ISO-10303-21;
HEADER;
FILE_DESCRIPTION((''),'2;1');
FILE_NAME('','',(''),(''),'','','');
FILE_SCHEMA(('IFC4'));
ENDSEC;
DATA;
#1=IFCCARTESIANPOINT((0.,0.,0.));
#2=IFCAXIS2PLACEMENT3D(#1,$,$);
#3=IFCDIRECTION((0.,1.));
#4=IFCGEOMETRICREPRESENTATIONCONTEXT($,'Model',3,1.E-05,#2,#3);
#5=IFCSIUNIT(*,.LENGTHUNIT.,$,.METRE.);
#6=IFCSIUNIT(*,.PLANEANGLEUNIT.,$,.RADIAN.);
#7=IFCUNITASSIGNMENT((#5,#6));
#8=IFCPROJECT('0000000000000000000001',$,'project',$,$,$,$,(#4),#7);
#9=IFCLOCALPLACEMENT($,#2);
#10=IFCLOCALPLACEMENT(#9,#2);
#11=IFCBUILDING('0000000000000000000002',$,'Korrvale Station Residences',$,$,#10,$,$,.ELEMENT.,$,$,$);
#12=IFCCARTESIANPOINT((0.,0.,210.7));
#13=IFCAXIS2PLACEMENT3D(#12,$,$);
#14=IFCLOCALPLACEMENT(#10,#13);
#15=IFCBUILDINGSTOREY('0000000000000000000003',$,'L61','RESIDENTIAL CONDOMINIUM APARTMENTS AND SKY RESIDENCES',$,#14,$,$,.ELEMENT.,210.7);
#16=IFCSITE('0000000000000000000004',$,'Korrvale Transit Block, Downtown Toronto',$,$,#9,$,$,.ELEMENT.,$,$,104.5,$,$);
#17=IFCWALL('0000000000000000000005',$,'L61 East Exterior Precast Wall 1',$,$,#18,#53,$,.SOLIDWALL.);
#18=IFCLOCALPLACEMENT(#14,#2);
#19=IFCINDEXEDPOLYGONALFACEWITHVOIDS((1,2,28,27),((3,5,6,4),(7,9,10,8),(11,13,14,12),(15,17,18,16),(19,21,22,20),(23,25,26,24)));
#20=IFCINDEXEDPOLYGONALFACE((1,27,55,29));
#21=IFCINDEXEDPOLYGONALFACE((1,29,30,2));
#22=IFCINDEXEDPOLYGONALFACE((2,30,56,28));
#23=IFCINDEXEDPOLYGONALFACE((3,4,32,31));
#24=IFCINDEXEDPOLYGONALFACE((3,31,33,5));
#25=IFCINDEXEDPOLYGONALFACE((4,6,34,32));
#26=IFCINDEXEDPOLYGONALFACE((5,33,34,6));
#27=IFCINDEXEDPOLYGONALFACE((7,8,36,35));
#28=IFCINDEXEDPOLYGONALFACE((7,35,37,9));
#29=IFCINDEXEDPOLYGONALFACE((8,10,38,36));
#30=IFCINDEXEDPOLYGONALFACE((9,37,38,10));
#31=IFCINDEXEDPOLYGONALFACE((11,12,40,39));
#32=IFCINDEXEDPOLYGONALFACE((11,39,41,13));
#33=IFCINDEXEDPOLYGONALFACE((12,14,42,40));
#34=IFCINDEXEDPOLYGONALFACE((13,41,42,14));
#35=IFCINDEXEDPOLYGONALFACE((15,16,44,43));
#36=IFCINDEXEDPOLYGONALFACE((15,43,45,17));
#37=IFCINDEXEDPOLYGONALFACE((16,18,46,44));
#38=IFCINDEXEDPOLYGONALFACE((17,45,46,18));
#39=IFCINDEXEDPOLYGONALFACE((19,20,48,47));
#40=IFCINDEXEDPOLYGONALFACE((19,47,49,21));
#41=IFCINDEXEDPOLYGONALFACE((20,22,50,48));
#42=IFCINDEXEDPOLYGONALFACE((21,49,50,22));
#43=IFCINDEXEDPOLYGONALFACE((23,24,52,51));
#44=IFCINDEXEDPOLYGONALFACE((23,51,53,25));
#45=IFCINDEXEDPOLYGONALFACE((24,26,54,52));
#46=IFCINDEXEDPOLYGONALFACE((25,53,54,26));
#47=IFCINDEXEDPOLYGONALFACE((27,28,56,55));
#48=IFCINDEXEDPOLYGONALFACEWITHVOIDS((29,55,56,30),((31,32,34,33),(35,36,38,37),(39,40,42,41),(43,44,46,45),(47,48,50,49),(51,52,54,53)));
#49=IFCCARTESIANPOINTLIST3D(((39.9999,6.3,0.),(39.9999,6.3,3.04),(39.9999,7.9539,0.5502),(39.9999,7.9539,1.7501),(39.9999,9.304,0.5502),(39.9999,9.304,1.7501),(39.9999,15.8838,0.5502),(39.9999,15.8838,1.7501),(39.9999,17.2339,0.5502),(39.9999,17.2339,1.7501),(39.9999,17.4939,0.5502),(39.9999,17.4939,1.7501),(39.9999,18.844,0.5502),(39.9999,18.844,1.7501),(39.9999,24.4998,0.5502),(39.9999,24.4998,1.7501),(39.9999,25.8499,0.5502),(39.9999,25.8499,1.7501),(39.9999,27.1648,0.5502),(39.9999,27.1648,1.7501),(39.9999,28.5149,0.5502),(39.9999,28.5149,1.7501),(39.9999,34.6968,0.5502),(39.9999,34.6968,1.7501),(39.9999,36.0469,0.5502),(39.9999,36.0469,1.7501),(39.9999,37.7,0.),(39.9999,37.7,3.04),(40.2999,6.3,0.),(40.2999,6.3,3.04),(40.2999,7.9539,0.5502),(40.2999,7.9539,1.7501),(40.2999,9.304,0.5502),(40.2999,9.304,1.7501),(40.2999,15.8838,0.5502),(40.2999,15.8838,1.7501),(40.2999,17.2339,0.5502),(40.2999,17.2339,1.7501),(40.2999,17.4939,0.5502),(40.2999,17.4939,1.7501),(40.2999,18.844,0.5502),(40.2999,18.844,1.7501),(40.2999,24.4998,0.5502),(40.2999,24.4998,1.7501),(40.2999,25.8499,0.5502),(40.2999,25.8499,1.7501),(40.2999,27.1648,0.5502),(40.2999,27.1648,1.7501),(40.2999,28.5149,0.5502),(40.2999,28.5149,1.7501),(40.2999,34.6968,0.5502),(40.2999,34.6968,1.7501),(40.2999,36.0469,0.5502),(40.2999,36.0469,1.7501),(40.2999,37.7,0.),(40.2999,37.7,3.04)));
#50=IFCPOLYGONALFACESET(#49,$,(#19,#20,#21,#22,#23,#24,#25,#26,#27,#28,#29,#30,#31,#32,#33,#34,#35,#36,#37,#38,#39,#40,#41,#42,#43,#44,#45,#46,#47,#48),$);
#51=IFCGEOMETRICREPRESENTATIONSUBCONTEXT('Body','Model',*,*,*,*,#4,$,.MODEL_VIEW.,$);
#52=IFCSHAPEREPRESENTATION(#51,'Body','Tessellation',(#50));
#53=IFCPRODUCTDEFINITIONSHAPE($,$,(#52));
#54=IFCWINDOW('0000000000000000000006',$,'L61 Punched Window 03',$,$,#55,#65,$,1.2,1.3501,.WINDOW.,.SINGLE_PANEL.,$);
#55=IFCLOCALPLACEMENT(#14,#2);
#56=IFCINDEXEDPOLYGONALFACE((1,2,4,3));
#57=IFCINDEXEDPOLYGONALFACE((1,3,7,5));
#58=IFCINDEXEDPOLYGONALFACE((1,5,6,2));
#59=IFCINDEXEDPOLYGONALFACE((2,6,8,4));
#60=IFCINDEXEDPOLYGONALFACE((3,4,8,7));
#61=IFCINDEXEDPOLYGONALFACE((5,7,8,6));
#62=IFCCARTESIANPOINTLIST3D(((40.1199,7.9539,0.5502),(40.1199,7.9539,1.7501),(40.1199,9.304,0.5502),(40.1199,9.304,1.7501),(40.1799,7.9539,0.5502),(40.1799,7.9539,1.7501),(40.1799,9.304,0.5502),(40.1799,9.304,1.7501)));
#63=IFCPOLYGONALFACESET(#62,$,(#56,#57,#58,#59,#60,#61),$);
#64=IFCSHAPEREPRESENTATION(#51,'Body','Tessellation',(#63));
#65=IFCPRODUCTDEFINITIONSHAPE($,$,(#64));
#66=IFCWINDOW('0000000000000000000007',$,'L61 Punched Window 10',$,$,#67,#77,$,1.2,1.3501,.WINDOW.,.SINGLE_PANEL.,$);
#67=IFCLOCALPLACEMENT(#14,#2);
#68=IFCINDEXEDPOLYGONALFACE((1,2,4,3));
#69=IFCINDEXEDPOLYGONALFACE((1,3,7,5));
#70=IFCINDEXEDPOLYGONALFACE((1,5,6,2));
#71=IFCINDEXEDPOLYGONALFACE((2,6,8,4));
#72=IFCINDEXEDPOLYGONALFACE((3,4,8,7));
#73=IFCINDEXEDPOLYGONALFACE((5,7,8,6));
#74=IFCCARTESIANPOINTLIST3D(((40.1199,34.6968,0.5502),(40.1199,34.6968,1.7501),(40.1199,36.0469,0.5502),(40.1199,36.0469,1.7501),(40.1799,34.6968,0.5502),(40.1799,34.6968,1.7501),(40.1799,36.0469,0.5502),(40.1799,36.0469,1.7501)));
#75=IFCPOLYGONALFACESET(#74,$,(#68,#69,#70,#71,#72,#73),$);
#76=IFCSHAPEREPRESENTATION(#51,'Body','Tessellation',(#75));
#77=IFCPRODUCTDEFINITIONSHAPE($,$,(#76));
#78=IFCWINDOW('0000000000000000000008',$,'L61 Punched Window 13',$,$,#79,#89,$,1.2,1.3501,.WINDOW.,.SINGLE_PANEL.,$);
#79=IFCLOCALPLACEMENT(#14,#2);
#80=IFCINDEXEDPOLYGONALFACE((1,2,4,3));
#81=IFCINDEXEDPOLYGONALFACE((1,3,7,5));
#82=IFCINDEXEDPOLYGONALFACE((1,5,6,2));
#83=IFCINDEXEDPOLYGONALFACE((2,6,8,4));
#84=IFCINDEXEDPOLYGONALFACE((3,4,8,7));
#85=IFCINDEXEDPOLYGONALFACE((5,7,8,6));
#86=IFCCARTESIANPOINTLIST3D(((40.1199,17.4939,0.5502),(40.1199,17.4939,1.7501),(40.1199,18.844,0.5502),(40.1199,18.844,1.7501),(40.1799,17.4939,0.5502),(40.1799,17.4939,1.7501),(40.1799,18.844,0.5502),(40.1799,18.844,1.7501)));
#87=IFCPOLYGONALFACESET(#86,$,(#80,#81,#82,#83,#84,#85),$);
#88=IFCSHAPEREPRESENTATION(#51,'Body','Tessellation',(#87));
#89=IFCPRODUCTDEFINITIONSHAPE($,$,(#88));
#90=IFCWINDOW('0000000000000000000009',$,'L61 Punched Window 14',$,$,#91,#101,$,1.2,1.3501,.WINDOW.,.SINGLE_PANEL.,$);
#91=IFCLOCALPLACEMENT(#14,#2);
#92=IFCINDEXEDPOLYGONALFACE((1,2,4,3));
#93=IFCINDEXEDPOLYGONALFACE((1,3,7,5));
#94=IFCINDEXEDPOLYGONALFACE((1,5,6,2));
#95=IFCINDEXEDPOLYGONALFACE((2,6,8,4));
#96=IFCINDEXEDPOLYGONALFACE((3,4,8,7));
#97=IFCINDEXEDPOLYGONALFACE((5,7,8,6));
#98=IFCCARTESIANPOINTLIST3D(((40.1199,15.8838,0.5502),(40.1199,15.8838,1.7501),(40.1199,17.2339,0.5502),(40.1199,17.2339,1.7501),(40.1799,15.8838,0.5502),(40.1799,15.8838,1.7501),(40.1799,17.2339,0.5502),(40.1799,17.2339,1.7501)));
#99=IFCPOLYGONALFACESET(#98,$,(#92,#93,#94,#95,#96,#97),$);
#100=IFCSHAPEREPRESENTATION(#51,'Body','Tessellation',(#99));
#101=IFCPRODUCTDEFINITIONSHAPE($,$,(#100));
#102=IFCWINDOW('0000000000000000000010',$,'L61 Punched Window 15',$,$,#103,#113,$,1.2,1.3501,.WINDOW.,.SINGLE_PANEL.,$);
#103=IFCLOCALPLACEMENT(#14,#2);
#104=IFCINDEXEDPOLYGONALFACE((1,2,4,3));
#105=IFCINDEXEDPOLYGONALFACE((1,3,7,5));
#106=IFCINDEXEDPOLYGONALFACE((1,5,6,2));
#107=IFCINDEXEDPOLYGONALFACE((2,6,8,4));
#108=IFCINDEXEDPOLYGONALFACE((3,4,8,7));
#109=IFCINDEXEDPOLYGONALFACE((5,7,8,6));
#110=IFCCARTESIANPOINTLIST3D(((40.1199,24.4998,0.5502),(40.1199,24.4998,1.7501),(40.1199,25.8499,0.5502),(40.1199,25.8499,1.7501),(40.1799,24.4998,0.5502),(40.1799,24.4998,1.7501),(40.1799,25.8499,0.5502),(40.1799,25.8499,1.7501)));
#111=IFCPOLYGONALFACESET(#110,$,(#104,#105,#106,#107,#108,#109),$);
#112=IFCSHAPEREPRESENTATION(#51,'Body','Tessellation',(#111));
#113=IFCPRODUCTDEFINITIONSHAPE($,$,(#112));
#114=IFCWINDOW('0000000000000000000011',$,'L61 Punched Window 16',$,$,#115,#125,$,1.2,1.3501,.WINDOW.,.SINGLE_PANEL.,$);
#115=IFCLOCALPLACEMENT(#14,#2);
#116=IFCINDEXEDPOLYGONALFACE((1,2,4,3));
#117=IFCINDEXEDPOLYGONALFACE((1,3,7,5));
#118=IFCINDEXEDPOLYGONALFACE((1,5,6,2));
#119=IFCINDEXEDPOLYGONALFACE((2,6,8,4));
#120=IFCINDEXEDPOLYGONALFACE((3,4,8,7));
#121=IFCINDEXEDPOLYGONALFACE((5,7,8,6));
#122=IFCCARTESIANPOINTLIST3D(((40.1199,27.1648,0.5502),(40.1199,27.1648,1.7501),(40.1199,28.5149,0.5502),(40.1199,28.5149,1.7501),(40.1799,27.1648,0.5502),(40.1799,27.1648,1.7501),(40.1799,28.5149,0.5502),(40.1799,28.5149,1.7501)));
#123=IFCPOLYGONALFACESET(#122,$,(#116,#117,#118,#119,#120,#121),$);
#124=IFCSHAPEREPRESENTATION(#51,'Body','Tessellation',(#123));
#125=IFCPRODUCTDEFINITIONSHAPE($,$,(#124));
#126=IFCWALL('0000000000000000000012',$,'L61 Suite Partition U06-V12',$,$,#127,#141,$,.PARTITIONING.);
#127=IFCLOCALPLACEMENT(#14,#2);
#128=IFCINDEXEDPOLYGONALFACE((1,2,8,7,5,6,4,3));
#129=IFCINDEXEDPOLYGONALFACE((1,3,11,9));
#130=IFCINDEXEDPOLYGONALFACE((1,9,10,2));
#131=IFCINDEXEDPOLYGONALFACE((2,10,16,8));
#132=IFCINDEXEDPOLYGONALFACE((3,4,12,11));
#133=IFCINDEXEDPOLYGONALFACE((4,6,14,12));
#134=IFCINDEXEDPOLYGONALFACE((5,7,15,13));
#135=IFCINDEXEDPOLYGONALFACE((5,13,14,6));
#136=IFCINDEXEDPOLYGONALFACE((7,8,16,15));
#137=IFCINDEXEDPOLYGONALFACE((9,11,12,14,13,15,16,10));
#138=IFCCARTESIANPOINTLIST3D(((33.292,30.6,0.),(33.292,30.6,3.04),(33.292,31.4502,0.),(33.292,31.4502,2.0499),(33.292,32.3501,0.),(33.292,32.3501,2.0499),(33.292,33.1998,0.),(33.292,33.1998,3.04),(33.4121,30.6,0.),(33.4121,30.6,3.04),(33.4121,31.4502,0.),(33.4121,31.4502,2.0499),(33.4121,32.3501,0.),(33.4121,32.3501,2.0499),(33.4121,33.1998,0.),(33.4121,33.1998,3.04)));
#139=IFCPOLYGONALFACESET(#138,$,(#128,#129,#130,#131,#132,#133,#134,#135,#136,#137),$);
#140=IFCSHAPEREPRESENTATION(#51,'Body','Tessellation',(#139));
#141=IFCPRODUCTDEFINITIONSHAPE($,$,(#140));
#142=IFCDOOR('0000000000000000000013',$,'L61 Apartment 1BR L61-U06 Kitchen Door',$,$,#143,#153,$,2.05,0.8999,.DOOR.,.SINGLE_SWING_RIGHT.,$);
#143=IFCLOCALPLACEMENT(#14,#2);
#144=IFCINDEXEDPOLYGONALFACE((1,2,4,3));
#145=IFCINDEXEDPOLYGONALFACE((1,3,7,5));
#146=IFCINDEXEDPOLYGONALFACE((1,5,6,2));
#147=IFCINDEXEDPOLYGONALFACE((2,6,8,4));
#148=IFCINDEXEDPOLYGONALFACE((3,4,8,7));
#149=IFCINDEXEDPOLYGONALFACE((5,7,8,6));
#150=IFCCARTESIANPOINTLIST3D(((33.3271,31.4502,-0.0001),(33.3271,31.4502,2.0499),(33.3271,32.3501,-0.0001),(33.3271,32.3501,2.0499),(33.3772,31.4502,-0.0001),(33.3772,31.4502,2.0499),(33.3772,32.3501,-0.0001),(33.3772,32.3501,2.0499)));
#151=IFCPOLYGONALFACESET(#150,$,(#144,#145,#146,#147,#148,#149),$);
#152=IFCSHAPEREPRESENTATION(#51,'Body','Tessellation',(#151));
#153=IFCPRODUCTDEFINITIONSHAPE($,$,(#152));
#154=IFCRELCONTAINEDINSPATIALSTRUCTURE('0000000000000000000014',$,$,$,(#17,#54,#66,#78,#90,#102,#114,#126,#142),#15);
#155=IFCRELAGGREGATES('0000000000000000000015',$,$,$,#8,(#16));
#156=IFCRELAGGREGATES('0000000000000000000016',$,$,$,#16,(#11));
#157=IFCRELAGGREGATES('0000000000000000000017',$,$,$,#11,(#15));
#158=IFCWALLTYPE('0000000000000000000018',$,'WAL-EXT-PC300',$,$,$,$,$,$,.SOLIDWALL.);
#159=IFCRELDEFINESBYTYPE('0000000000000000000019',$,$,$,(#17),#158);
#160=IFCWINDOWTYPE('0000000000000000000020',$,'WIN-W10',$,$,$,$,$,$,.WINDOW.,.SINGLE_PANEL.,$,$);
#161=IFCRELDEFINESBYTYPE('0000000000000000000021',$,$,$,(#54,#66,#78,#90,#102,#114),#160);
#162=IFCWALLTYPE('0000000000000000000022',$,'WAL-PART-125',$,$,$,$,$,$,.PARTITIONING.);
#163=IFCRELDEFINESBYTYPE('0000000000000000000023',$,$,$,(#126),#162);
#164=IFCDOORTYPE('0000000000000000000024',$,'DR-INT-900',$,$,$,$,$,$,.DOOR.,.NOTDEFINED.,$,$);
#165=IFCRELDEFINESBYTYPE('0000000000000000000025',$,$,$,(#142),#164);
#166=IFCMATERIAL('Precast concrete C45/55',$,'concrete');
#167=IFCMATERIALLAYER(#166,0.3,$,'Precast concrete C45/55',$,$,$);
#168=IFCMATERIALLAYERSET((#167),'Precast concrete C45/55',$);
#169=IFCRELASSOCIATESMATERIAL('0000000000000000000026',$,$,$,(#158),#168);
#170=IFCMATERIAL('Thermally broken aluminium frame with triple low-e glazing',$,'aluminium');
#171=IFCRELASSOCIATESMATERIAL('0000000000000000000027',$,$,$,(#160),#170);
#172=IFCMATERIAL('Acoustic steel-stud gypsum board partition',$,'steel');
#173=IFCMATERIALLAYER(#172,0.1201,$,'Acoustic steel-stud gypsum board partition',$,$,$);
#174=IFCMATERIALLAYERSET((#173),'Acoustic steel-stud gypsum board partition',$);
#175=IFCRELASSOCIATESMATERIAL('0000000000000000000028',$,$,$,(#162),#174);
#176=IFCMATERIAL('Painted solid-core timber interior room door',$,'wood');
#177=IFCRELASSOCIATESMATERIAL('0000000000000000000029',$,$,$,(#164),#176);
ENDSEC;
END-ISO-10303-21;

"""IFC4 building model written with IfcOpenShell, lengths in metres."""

from ifc_helpers import new_model, si_unit, direction, frame, frame_2d, origin, place, context, subcontext, project, spatial, rectangle, extrude, material, layer, layer_set, type_object, element, fill, save


model = new_model("IFC4")

# Units and contexts
model_context = context("Model", 3, precision=1e-05, world=origin(), true_north=direction((0.0, 1.0)))
body_context = subcontext(model_context, "Body", "Model", "MODEL_VIEW")
ifc_project = project(units=[si_unit("LENGTHUNIT", "METRE"), si_unit("PLANEANGLEUNIT", "RADIAN")], contexts=[model_context])

# Site, building, storey
site_placement = place(None, origin())
site = spatial("IfcSite", under=ifc_project, at=site_placement, Name="Korrvale Transit Block, Downtown Toronto", CompositionType="ELEMENT", RefElevation=104.5)
building_placement = place(site_placement, origin())
building = spatial("IfcBuilding", under=site, at=building_placement, Name="Korrvale Station Residences", CompositionType="ELEMENT")
storey_placement = place(building_placement, frame((0.0, 0.0, 210.7)))
storey = spatial("IfcBuildingStorey", under=building, at=storey_placement, Name="L61", Description="RESIDENTIAL CONDOMINIUM APARTMENTS AND SKY RESIDENCES", CompositionType="ELEMENT", Elevation=210.7)

# Shared definitions
ifc_material_1 = material(Name="Precast concrete C45/55", Category="concrete")
ifc_layer_1 = layer(ifc_material_1, 0.3, Name="Precast concrete C45/55")
ifc_layer_set_1 = layer_set([ifc_layer_1], Name="Precast concrete C45/55")
wall_type_1 = type_object("IfcWallType", Name="WAL-EXT-PC300", PredefinedType="SOLIDWALL", material=ifc_layer_set_1)

# Wall, openings, windows
wall_1_placement = place(storey_placement, frame((40.1499, 37.7, 0.0), z_axis=(0.0, 0.0, 1.0), x_axis=(0.0, -1.0, 0.0)))
wall_1 = element("IfcWall", 1, at=wall_1_placement, inside=storey, type_object=wall_type_1, Name="L61 East Exterior Precast Wall 1", PredefinedType="SOLIDWALL", context=body_context, shape_type="SweptSolid", body=[
    extrude(rectangle(XDim=31.3999, YDim=0.3, at=frame_2d((15.7, 0.0))), origin(), (0.0, 0.0, 1.0), 3.04),
])
opening_1_placement = place(wall_1_placement, frame((28.396, 0.0, 0.55)))
opening_1 = element("IfcOpeningElement", 2, at=opening_1_placement, cuts=wall_1, PredefinedType="OPENING", context=body_context, shape_type="SweptSolid", body=[
    extrude(rectangle(XDim=1.3501, YDim=1.2, at=frame_2d((0.675, 0.6001))), frame((0.0, 0.1602, 0.0), z_axis=(0.0, -1.0, 0.0), x_axis=(1.0, 0.0, 0.0)), (0.0, 0.0, 1.0), 0.3201),
])
opening_2_placement = place(wall_1_placement, frame((1.6531, 0.0, 0.55)))
opening_2 = element("IfcOpeningElement", 3, at=opening_2_placement, cuts=wall_1, PredefinedType="OPENING", context=body_context, shape_type="SweptSolid", body=[
    extrude(rectangle(XDim=1.3501, YDim=1.2, at=frame_2d((0.675, 0.6001))), frame((0.0, 0.1602, 0.0), z_axis=(0.0, -1.0, 0.0), x_axis=(1.0, 0.0, 0.0)), (0.0, 0.0, 1.0), 0.3201),
])
opening_3_placement = place(wall_1_placement, frame((18.856, 0.0, 0.55)))
opening_3 = element("IfcOpeningElement", 4, at=opening_3_placement, cuts=wall_1, PredefinedType="OPENING", context=body_context, shape_type="SweptSolid", body=[
    extrude(rectangle(XDim=1.3501, YDim=1.2, at=frame_2d((0.675, 0.6001))), frame((0.0, 0.1602, 0.0), z_axis=(0.0, -1.0, 0.0), x_axis=(1.0, 0.0, 0.0)), (0.0, 0.0, 1.0), 0.3201),
])
opening_4_placement = place(wall_1_placement, frame((20.4661, 0.0, 0.55)))
opening_4 = element("IfcOpeningElement", 5, at=opening_4_placement, cuts=wall_1, PredefinedType="OPENING", context=body_context, shape_type="SweptSolid", body=[
    extrude(rectangle(XDim=1.3501, YDim=1.2, at=frame_2d((0.675, 0.6001))), frame((0.0, 0.1602, 0.0), z_axis=(0.0, -1.0, 0.0), x_axis=(1.0, 0.0, 0.0)), (0.0, 0.0, 1.0), 0.3201),
])
opening_5_placement = place(wall_1_placement, frame((11.8501, 0.0, 0.55)))
opening_5 = element("IfcOpeningElement", 6, at=opening_5_placement, cuts=wall_1, PredefinedType="OPENING", context=body_context, shape_type="SweptSolid", body=[
    extrude(rectangle(XDim=1.3501, YDim=1.2, at=frame_2d((0.675, 0.6001))), frame((0.0, 0.1602, 0.0), z_axis=(0.0, -1.0, 0.0), x_axis=(1.0, 0.0, 0.0)), (0.0, 0.0, 1.0), 0.3201),
])
opening_6_placement = place(wall_1_placement, frame((9.1851, 0.0, 0.55)))
opening_6 = element("IfcOpeningElement", 7, at=opening_6_placement, cuts=wall_1, PredefinedType="OPENING", context=body_context, shape_type="SweptSolid", body=[
    extrude(rectangle(XDim=1.3501, YDim=1.2, at=frame_2d((0.675, 0.6001))), frame((0.0, 0.1602, 0.0), z_axis=(0.0, -1.0, 0.0), x_axis=(1.0, 0.0, 0.0)), (0.0, 0.0, 1.0), 0.3201),
])
ifc_material_2 = material(Name="Thermally broken aluminium frame with triple low-e glazing", Category="aluminium")
window_type = type_object("IfcWindowType", Name="WIN-W10", PartitioningType="SINGLE_PANEL", PredefinedType="WINDOW", material=ifc_material_2)
window_1_placement = place(opening_1_placement, origin())
window_1 = element("IfcWindow", 8, at=window_1_placement, inside=storey, type_object=window_type, Name="L61 Punched Window 03", OverallHeight=1.2, OverallWidth=1.3501, PartitioningType="SINGLE_PANEL", PredefinedType="WINDOW", context=body_context, shape_type="SweptSolid", body=[
    extrude(rectangle(XDim=1.3501, YDim=1.2, at=frame_2d((0.675, 0.6001))), frame((0.0, 0.03, 0.0), z_axis=(0.0, -1.0, 0.0), x_axis=(1.0, 0.0, 0.0)), (0.0, 0.0, 1.0), 0.0601),
])
fill(opening_1, window_1)
window_2_placement = place(opening_2_placement, origin())
window_2 = element("IfcWindow", 9, at=window_2_placement, inside=storey, type_object=window_type, Name="L61 Punched Window 10", OverallHeight=1.2, OverallWidth=1.3501, PartitioningType="SINGLE_PANEL", PredefinedType="WINDOW", context=body_context, shape_type="SweptSolid", body=[
    extrude(rectangle(XDim=1.3501, YDim=1.2, at=frame_2d((0.675, 0.6001))), frame((0.0, 0.03, 0.0), z_axis=(0.0, -1.0, 0.0), x_axis=(1.0, 0.0, 0.0)), (0.0, 0.0, 1.0), 0.0601),
])
fill(opening_2, window_2)
window_3_placement = place(opening_3_placement, origin())
window_3 = element("IfcWindow", 10, at=window_3_placement, inside=storey, type_object=window_type, Name="L61 Punched Window 13", OverallHeight=1.2, OverallWidth=1.3501, PartitioningType="SINGLE_PANEL", PredefinedType="WINDOW", context=body_context, shape_type="SweptSolid", body=[
    extrude(rectangle(XDim=1.3501, YDim=1.2, at=frame_2d((0.675, 0.6001))), frame((0.0, 0.03, 0.0), z_axis=(0.0, -1.0, 0.0), x_axis=(1.0, 0.0, 0.0)), (0.0, 0.0, 1.0), 0.0601),
])
fill(opening_3, window_3)
window_4_placement = place(opening_4_placement, origin())
window_4 = element("IfcWindow", 11, at=window_4_placement, inside=storey, type_object=window_type, Name="L61 Punched Window 14", OverallHeight=1.2, OverallWidth=1.3501, PartitioningType="SINGLE_PANEL", PredefinedType="WINDOW", context=body_context, shape_type="SweptSolid", body=[
    extrude(rectangle(XDim=1.3501, YDim=1.2, at=frame_2d((0.675, 0.6001))), frame((0.0, 0.03, 0.0), z_axis=(0.0, -1.0, 0.0), x_axis=(1.0, 0.0, 0.0)), (0.0, 0.0, 1.0), 0.0601),
])
fill(opening_4, window_4)
window_5_placement = place(opening_5_placement, origin())
window_5 = element("IfcWindow", 12, at=window_5_placement, inside=storey, type_object=window_type, Name="L61 Punched Window 15", OverallHeight=1.2, OverallWidth=1.3501, PartitioningType="SINGLE_PANEL", PredefinedType="WINDOW", context=body_context, shape_type="SweptSolid", body=[
    extrude(rectangle(XDim=1.3501, YDim=1.2, at=frame_2d((0.675, 0.6001))), frame((0.0, 0.03, 0.0), z_axis=(0.0, -1.0, 0.0), x_axis=(1.0, 0.0, 0.0)), (0.0, 0.0, 1.0), 0.0601),
])
fill(opening_5, window_5)
window_6_placement = place(opening_6_placement, origin())
window_6 = element("IfcWindow", 13, at=window_6_placement, inside=storey, type_object=window_type, Name="L61 Punched Window 16", OverallHeight=1.2, OverallWidth=1.3501, PartitioningType="SINGLE_PANEL", PredefinedType="WINDOW", context=body_context, shape_type="SweptSolid", body=[
    extrude(rectangle(XDim=1.3501, YDim=1.2, at=frame_2d((0.675, 0.6001))), frame((0.0, 0.03, 0.0), z_axis=(0.0, -1.0, 0.0), x_axis=(1.0, 0.0, 0.0)), (0.0, 0.0, 1.0), 0.0601),
])
fill(opening_6, window_6)

# Wall, opening, door
ifc_material_3 = material(Name="Acoustic steel-stud gypsum board partition", Category="steel")
ifc_layer_2 = layer(ifc_material_3, 0.1201, Name="Acoustic steel-stud gypsum board partition")
ifc_layer_set_2 = layer_set([ifc_layer_2], Name="Acoustic steel-stud gypsum board partition")
wall_type_2 = type_object("IfcWallType", Name="WAL-PART-125", PredefinedType="PARTITIONING", material=ifc_layer_set_2)
wall_2_placement = place(storey_placement, frame((33.3521, 30.6001, 0.0), z_axis=(0.0, 0.0, 1.0), x_axis=(0.0, 1.0, 0.0)))
wall_2 = element("IfcWall", 14, at=wall_2_placement, inside=storey, type_object=wall_type_2, Name="L61 Suite Partition U06-V12", PredefinedType="PARTITIONING", context=body_context, shape_type="SweptSolid", body=[
    extrude(rectangle(XDim=2.5999, YDim=0.1201, at=frame_2d((1.2998, 0.0))), origin(), (0.0, 0.0, 1.0), 3.04),
])
opening_7_placement = place(wall_2_placement, frame((0.8501, 0.0, 0.0)))
opening_7 = element("IfcOpeningElement", 15, at=opening_7_placement, cuts=wall_2, PredefinedType="OPENING", context=body_context, shape_type="SweptSolid", body=[
    extrude(rectangle(XDim=0.8999, YDim=2.05, at=frame_2d((0.45, 1.0249))), frame((0.0, 0.0701, 0.0), z_axis=(0.0, -1.0, 0.0), x_axis=(1.0, 0.0, 0.0)), (0.0, 0.0, 1.0), 0.1401),
])
ifc_material_4 = material(Name="Painted solid-core timber interior room door", Category="wood")
door_type = type_object("IfcDoorType", Name="DR-INT-900", OperationType="NOTDEFINED", PredefinedType="DOOR", material=ifc_material_4)
door_1_placement = place(opening_7_placement, origin())
door_1 = element("IfcDoor", 16, at=door_1_placement, inside=storey, type_object=door_type, Name="L61 Apartment 1BR L61-U06 Kitchen Door", OperationType="SINGLE_SWING_RIGHT", OverallHeight=2.05, OverallWidth=0.8999, PredefinedType="DOOR", context=body_context, shape_type="SweptSolid", body=[
    extrude(rectangle(XDim=0.8999, YDim=2.05, at=frame_2d((0.45, 1.0249))), frame((0.0, 0.0249, 0.0), z_axis=(0.0, -1.0, 0.0), x_axis=(1.0, 0.0, 0.0)), (0.0, 0.0, 1.0), 0.05),
])
fill(opening_7, door_1)

save(model, "model.ifc")
